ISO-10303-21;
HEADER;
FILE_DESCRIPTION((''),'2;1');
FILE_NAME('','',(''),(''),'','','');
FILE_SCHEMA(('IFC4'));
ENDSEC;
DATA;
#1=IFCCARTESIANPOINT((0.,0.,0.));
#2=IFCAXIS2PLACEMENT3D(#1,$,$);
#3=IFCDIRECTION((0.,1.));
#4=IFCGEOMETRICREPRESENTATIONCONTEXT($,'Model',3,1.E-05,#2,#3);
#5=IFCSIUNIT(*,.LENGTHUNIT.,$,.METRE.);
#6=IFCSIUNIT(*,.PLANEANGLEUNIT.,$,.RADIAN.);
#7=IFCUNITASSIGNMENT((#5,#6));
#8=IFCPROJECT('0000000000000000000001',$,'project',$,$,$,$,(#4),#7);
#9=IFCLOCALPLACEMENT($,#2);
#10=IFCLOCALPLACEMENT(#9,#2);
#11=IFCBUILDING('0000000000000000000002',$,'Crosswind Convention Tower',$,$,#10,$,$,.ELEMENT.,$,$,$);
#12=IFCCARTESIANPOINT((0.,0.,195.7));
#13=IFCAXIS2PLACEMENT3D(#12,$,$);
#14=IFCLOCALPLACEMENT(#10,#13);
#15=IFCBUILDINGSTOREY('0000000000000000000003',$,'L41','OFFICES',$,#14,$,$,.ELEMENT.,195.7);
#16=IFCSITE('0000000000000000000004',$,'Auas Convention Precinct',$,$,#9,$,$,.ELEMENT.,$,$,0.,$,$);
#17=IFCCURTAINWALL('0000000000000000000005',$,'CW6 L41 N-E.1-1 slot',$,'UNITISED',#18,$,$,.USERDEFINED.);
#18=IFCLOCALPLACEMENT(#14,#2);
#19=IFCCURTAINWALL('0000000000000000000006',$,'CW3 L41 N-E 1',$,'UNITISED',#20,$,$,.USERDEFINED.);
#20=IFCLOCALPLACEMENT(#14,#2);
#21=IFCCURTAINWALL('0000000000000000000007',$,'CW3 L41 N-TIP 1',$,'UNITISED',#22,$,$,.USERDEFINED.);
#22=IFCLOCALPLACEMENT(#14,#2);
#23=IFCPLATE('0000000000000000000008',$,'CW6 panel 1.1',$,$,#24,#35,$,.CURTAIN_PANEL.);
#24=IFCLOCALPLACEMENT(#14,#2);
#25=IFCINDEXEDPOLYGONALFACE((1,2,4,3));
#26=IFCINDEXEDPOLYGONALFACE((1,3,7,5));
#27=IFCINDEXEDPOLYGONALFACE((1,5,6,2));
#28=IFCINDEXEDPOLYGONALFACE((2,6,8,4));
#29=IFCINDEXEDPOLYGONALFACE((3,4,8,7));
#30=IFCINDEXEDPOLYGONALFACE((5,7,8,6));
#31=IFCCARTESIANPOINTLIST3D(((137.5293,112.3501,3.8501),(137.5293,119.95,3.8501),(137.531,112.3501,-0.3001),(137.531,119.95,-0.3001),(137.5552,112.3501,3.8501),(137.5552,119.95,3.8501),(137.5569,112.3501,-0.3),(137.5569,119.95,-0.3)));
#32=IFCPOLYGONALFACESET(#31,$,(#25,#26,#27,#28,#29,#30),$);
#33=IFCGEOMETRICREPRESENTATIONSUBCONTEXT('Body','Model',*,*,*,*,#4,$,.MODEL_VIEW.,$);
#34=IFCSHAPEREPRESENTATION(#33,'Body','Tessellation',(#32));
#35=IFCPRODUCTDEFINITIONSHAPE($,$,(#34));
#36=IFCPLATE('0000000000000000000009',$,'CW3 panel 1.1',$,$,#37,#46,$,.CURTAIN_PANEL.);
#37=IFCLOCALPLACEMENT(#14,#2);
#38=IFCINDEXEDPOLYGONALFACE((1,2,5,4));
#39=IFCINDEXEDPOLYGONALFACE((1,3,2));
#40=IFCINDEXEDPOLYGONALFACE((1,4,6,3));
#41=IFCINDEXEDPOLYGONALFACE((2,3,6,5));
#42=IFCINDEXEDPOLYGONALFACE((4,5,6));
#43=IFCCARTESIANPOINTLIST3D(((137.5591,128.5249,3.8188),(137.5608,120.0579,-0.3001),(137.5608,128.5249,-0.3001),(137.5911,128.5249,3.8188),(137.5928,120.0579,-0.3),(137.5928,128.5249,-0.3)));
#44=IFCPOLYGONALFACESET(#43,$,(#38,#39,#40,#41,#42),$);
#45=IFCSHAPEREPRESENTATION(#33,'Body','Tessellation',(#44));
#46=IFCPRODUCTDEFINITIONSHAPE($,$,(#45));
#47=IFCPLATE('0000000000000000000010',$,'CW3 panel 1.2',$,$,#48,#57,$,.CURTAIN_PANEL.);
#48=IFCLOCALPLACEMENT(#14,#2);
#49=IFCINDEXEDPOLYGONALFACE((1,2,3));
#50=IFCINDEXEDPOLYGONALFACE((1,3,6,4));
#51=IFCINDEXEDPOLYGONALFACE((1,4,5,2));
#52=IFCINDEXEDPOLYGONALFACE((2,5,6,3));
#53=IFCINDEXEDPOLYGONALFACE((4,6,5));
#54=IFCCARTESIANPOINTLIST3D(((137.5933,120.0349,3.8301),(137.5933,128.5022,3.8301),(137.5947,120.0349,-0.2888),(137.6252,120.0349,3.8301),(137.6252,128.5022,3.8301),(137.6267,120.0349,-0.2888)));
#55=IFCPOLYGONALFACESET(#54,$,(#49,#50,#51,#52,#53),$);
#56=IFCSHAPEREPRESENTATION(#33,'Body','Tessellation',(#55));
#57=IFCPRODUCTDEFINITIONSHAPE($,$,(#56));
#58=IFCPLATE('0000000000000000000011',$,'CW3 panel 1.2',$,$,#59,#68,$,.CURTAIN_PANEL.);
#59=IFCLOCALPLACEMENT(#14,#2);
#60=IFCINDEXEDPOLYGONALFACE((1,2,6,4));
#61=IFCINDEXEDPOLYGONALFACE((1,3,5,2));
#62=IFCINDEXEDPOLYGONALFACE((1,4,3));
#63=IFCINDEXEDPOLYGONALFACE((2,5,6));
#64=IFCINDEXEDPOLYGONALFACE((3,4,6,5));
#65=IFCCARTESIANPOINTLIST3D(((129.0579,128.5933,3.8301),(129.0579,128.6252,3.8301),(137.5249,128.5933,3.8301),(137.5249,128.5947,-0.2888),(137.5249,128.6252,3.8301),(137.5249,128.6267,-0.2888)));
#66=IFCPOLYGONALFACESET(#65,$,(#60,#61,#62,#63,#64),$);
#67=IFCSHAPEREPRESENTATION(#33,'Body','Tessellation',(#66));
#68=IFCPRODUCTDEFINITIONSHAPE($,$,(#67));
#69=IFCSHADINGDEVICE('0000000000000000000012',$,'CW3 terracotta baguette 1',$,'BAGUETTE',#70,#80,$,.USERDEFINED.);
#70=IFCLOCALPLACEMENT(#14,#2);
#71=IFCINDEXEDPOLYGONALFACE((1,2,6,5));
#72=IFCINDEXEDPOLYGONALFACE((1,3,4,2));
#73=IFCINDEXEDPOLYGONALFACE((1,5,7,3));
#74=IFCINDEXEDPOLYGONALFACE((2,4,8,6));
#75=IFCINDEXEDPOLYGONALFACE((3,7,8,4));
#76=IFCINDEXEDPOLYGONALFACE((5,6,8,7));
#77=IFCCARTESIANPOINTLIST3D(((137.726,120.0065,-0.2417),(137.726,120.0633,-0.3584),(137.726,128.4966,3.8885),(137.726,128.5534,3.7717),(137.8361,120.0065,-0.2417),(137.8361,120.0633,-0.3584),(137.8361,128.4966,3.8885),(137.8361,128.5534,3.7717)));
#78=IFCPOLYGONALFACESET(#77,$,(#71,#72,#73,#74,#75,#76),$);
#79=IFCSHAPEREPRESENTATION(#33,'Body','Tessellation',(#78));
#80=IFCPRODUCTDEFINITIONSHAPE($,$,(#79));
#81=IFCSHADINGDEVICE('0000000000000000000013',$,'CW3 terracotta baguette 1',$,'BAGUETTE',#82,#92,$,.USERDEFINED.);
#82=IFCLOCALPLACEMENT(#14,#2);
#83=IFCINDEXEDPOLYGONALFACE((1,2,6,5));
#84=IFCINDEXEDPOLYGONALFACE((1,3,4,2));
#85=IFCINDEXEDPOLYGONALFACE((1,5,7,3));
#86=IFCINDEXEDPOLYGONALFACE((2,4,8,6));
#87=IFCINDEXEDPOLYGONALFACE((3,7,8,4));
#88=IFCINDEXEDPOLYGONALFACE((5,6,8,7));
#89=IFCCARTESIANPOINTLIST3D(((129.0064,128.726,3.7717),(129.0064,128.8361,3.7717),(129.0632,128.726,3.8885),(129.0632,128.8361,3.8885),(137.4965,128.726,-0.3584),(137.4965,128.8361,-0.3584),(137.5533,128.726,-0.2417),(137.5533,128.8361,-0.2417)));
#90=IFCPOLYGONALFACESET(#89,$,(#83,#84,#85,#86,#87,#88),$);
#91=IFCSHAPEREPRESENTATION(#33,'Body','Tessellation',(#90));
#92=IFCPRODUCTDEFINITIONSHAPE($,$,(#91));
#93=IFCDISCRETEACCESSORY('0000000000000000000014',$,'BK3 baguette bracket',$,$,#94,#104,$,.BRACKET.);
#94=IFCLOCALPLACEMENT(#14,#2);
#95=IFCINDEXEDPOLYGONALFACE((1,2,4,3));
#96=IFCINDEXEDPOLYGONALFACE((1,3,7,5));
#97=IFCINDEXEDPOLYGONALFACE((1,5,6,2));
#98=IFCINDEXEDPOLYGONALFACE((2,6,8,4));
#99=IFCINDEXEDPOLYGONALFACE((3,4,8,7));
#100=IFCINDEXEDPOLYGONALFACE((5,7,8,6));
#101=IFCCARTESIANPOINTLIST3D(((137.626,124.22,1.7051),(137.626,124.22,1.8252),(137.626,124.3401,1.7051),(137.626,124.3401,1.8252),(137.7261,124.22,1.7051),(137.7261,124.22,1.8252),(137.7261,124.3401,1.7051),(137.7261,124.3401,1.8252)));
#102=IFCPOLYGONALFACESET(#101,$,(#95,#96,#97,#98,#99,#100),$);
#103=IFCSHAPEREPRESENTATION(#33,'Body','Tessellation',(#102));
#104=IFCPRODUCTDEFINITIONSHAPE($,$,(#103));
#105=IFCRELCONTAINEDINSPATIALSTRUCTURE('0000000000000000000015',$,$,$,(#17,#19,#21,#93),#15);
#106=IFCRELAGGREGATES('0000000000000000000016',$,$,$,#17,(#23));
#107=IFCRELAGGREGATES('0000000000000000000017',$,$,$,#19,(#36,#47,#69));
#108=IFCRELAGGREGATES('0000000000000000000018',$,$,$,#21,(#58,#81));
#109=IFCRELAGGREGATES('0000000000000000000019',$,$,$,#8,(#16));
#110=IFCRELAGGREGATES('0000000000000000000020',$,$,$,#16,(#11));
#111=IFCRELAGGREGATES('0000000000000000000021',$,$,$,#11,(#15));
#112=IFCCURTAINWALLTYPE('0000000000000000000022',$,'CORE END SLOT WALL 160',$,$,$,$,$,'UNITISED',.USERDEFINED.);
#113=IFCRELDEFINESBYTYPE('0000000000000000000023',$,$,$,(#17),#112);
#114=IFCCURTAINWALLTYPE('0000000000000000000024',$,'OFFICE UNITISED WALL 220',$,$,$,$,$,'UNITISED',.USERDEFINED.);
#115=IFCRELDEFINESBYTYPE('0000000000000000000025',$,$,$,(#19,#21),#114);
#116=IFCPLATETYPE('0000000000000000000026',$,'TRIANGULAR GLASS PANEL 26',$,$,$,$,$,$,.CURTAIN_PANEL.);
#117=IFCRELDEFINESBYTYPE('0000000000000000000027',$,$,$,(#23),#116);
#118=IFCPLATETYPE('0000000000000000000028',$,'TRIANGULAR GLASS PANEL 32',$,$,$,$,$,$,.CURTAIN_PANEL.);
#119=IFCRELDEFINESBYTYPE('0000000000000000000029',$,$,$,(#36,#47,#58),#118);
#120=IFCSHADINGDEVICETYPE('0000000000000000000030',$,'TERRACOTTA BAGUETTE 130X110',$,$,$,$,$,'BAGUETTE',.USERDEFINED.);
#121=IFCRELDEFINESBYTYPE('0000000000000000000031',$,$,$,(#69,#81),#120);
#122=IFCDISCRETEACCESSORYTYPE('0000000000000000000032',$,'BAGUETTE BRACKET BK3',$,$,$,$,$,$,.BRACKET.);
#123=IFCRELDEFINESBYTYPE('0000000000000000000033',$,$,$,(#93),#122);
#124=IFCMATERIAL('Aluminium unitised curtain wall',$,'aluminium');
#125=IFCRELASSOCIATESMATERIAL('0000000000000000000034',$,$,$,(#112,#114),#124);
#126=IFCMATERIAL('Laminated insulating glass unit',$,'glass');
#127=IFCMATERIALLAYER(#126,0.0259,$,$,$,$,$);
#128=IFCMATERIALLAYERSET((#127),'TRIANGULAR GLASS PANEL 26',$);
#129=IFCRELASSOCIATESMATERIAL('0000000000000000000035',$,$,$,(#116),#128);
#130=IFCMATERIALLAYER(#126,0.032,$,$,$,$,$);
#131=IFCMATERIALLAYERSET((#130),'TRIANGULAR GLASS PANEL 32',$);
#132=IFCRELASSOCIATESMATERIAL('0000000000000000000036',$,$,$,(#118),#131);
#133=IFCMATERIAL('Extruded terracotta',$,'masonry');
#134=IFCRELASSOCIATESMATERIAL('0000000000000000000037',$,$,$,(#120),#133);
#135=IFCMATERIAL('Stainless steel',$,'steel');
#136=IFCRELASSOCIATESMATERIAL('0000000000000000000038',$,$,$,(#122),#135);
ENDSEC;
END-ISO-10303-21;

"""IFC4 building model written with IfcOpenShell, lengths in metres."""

from ifc_helpers import new_model, si_unit, direction, frame, origin, origin_2d, place, context, subcontext, project, spatial, polyline, rectangle, outline, extrude, material, layer, layer_set, material_profile, profile_set, type_object, element, aggregate, save


model = new_model("IFC4")

# Units and contexts
model_context = context("Model", 3, precision=1e-05, world=origin(), true_north=direction((0.0, 1.0)))
body_context = subcontext(model_context, "Body", "Model", "MODEL_VIEW")
ifc_project = project(units=[si_unit("LENGTHUNIT", "METRE"), si_unit("PLANEANGLEUNIT", "RADIAN")], contexts=[model_context])

# Site, building, storey
site_placement = place(None, origin())
site = spatial("IfcSite", under=ifc_project, at=site_placement, Name="Auas Convention Precinct", CompositionType="ELEMENT", RefElevation=0.0)
building_placement = place(site_placement, origin())
building = spatial("IfcBuilding", under=site, at=building_placement, Name="Crosswind Convention Tower", CompositionType="ELEMENT")
storey_placement = place(building_placement, frame((0.0, 0.0, 195.7)))
storey = spatial("IfcBuildingStorey", under=building, at=storey_placement, Name="L41", Description="OFFICES", CompositionType="ELEMENT", Elevation=195.7)

# Curtain walls
ifc_material_1 = material(Name="Aluminium unitised curtain wall", Category="aluminium")
curtain_wall_type_1 = type_object("IfcCurtainWallType", Name="CORE END SLOT WALL 160", ElementType="UNITISED", PredefinedType="USERDEFINED", material=ifc_material_1)
curtain_wall_1_placement = place(storey_placement, origin())
curtain_wall_1 = element("IfcCurtainWall", 1, at=curtain_wall_1_placement, inside=storey, type_object=curtain_wall_type_1, Name="CW6 L41 N-E.1-1 slot", ObjectType="UNITISED", PredefinedType="USERDEFINED")
curtain_wall_type_2 = type_object("IfcCurtainWallType", Name="OFFICE UNITISED WALL 220", ElementType="UNITISED", PredefinedType="USERDEFINED", material=ifc_material_1)
curtain_wall_2_placement = place(storey_placement, origin())
curtain_wall_2 = element("IfcCurtainWall", 2, at=curtain_wall_2_placement, inside=storey, type_object=curtain_wall_type_2, Name="CW3 L41 N-E 1", ObjectType="UNITISED", PredefinedType="USERDEFINED")

# Curtain wall
curtain_wall_3_placement = place(storey_placement, origin())
curtain_wall_3 = element("IfcCurtainWall", 3, at=curtain_wall_3_placement, inside=storey, type_object=curtain_wall_type_2, Name="CW3 L41 N-TIP 1", ObjectType="UNITISED", PredefinedType="USERDEFINED")

# Plates
ifc_material_2 = material(Name="Laminated insulating glass unit", Category="glass")
ifc_layer_1 = layer(ifc_material_2, 0.0259)
ifc_layer_set_1 = layer_set([ifc_layer_1], Name="TRIANGULAR GLASS PANEL 26")
plate_type_1 = type_object("IfcPlateType", Name="TRIANGULAR GLASS PANEL 26", PredefinedType="CURTAIN_PANEL", material=ifc_layer_set_1)
plate_1_placement = place(storey_placement, frame((137.5569, 112.3501, -0.3), z_axis=(1.0, 0.0, 0.000412), x_axis=(0.0, 1.0, 0.0)))
plate_1 = element("IfcPlate", 4, at=plate_1_placement, type_object=plate_type_1, Name="CW6 panel 1.1", PredefinedType="CURTAIN_PANEL", context=body_context, shape_type="SweptSolid", body=[
    extrude(outline(polyline([(0.0, 0.0), (7.5999, 0.0), (7.5999, 4.1501), (0.0, 4.1501), (0.0, 0.0)])), origin(), (0.0, 0.0, -1.0), 0.0259),
])
aggregate(curtain_wall_1, [plate_1])
ifc_layer_2 = layer(ifc_material_2, 0.032)
ifc_layer_set_2 = layer_set([ifc_layer_2], Name="TRIANGULAR GLASS PANEL 32")
plate_type_2 = type_object("IfcPlateType", Name="TRIANGULAR GLASS PANEL 32", PredefinedType="CURTAIN_PANEL", material=ifc_layer_set_2)
plate_2_placement = place(storey_placement, frame((137.5928, 128.5249, -0.3), z_axis=(1.0, 0.0, 0.000415), x_axis=(-0.000415, 0.0, 1.0)))
plate_2 = element("IfcPlate", 5, at=plate_2_placement, type_object=plate_type_2, Name="CW3 panel 1.1", PredefinedType="CURTAIN_PANEL", context=body_context, shape_type="SweptSolid", body=[
    extrude(outline(polyline([(0.0, 0.0), (4.1189, 0.0), (0.0, 8.467), (0.0, 0.0)])), origin(), (0.0, 0.0, -1.0), 0.032),
])
plate_3_placement = place(storey_placement, frame((137.6252, 120.0349, 3.8301), z_axis=(1.0, 0.0, 0.000356), x_axis=(0.000356, 0.0, -1.0)))
plate_3 = element("IfcPlate", 6, at=plate_3_placement, type_object=plate_type_2, Name="CW3 panel 1.2", PredefinedType="CURTAIN_PANEL", context=body_context, shape_type="SweptSolid", body=[
    extrude(outline(polyline([(0.0, 0.0), (4.1189, 0.0), (0.0, 8.4673), (0.0, 0.0)])), origin(), (0.0, 0.0, -1.0), 0.032),
])
plate_4_placement = place(storey_placement, frame((137.5249, 128.6252, 3.8301), z_axis=(0.0, 1.0, 0.000356), x_axis=(0.0, 0.000356, -1.0)))
plate_4 = element("IfcPlate", 7, at=plate_4_placement, type_object=plate_type_2, Name="CW3 panel 1.2", PredefinedType="CURTAIN_PANEL", context=body_context, shape_type="SweptSolid", body=[
    extrude(outline(polyline([(0.0, 0.0), (4.1189, 0.0), (0.0, 8.467), (0.0, 0.0)])), origin(), (0.0, 0.0, -1.0), 0.032),
])

# Shading devices
ifc_material_3 = material(Name="Extruded terracotta", Category="masonry")
ifc_material_profile_1 = material_profile(ifc_material_3, rectangle(XDim=0.1101, YDim=0.1299, at=origin_2d()), Name="TC 110X130")
ifc_profile_set_1 = profile_set([ifc_material_profile_1], Name="Extruded terracotta")
shading_device_type = type_object("IfcShadingDeviceType", Name="TERRACOTTA BAGUETTE 130X110", ElementType="BAGUETTE", PredefinedType="USERDEFINED", material=ifc_profile_set_1)
shading_device_1_placement = place(storey_placement, frame((137.781, 120.0349, -0.3), z_axis=(0.0, 0.899241, 0.437454), x_axis=(-1.0, 0.0, 0.0)))
shading_device_1 = element("IfcShadingDevice", 8, at=shading_device_1_placement, type_object=shading_device_type, Name="CW3 terracotta baguette 1", ObjectType="BAGUETTE", PredefinedType="USERDEFINED", context=body_context, shape_type="SweptSolid", body=[
    extrude(rectangle(XDim=0.1101, YDim=0.1299, at=origin_2d()), origin(), (0.0, 0.0, 1.0), 9.4414),
])
aggregate(curtain_wall_2, [plate_2, plate_3, shading_device_1])
shading_device_2_placement = place(storey_placement, frame((137.5249, 128.781, -0.3), z_axis=(-0.899241, 0.0, 0.437454), x_axis=(0.0, -1.0, 0.0)))
shading_device_2 = element("IfcShadingDevice", 9, at=shading_device_2_placement, type_object=shading_device_type, Name="CW3 terracotta baguette 1", ObjectType="BAGUETTE", PredefinedType="USERDEFINED", context=body_context, shape_type="SweptSolid", body=[
    extrude(rectangle(XDim=0.1101, YDim=0.1299, at=origin_2d()), origin(), (0.0, 0.0, 1.0), 9.4414),
])
aggregate(curtain_wall_3, [plate_4, shading_device_2])

# Discrete accessory
ifc_material_4 = material(Name="Stainless steel", Category="steel")
discrete_accessory_type = type_object("IfcDiscreteAccessoryType", Name="BAGUETTE BRACKET BK3", PredefinedType="BRACKET", material=ifc_material_4)
discrete_accessory_placement = place(storey_placement, frame((137.676, 124.28, 1.7051), z_axis=(0.0, 0.0, 1.0), x_axis=(0.0, 1.0, 0.0)))
element("IfcDiscreteAccessory", 10, at=discrete_accessory_placement, inside=storey, type_object=discrete_accessory_type, Name="BK3 baguette bracket", PredefinedType="BRACKET", context=body_context, shape_type="SweptSolid", body=[
    extrude(rectangle(XDim=0.1201, YDim=0.1001, at=origin_2d()), origin(), (0.0, 0.0, 1.0), 0.1201),
])

save(model, "model.ifc")
